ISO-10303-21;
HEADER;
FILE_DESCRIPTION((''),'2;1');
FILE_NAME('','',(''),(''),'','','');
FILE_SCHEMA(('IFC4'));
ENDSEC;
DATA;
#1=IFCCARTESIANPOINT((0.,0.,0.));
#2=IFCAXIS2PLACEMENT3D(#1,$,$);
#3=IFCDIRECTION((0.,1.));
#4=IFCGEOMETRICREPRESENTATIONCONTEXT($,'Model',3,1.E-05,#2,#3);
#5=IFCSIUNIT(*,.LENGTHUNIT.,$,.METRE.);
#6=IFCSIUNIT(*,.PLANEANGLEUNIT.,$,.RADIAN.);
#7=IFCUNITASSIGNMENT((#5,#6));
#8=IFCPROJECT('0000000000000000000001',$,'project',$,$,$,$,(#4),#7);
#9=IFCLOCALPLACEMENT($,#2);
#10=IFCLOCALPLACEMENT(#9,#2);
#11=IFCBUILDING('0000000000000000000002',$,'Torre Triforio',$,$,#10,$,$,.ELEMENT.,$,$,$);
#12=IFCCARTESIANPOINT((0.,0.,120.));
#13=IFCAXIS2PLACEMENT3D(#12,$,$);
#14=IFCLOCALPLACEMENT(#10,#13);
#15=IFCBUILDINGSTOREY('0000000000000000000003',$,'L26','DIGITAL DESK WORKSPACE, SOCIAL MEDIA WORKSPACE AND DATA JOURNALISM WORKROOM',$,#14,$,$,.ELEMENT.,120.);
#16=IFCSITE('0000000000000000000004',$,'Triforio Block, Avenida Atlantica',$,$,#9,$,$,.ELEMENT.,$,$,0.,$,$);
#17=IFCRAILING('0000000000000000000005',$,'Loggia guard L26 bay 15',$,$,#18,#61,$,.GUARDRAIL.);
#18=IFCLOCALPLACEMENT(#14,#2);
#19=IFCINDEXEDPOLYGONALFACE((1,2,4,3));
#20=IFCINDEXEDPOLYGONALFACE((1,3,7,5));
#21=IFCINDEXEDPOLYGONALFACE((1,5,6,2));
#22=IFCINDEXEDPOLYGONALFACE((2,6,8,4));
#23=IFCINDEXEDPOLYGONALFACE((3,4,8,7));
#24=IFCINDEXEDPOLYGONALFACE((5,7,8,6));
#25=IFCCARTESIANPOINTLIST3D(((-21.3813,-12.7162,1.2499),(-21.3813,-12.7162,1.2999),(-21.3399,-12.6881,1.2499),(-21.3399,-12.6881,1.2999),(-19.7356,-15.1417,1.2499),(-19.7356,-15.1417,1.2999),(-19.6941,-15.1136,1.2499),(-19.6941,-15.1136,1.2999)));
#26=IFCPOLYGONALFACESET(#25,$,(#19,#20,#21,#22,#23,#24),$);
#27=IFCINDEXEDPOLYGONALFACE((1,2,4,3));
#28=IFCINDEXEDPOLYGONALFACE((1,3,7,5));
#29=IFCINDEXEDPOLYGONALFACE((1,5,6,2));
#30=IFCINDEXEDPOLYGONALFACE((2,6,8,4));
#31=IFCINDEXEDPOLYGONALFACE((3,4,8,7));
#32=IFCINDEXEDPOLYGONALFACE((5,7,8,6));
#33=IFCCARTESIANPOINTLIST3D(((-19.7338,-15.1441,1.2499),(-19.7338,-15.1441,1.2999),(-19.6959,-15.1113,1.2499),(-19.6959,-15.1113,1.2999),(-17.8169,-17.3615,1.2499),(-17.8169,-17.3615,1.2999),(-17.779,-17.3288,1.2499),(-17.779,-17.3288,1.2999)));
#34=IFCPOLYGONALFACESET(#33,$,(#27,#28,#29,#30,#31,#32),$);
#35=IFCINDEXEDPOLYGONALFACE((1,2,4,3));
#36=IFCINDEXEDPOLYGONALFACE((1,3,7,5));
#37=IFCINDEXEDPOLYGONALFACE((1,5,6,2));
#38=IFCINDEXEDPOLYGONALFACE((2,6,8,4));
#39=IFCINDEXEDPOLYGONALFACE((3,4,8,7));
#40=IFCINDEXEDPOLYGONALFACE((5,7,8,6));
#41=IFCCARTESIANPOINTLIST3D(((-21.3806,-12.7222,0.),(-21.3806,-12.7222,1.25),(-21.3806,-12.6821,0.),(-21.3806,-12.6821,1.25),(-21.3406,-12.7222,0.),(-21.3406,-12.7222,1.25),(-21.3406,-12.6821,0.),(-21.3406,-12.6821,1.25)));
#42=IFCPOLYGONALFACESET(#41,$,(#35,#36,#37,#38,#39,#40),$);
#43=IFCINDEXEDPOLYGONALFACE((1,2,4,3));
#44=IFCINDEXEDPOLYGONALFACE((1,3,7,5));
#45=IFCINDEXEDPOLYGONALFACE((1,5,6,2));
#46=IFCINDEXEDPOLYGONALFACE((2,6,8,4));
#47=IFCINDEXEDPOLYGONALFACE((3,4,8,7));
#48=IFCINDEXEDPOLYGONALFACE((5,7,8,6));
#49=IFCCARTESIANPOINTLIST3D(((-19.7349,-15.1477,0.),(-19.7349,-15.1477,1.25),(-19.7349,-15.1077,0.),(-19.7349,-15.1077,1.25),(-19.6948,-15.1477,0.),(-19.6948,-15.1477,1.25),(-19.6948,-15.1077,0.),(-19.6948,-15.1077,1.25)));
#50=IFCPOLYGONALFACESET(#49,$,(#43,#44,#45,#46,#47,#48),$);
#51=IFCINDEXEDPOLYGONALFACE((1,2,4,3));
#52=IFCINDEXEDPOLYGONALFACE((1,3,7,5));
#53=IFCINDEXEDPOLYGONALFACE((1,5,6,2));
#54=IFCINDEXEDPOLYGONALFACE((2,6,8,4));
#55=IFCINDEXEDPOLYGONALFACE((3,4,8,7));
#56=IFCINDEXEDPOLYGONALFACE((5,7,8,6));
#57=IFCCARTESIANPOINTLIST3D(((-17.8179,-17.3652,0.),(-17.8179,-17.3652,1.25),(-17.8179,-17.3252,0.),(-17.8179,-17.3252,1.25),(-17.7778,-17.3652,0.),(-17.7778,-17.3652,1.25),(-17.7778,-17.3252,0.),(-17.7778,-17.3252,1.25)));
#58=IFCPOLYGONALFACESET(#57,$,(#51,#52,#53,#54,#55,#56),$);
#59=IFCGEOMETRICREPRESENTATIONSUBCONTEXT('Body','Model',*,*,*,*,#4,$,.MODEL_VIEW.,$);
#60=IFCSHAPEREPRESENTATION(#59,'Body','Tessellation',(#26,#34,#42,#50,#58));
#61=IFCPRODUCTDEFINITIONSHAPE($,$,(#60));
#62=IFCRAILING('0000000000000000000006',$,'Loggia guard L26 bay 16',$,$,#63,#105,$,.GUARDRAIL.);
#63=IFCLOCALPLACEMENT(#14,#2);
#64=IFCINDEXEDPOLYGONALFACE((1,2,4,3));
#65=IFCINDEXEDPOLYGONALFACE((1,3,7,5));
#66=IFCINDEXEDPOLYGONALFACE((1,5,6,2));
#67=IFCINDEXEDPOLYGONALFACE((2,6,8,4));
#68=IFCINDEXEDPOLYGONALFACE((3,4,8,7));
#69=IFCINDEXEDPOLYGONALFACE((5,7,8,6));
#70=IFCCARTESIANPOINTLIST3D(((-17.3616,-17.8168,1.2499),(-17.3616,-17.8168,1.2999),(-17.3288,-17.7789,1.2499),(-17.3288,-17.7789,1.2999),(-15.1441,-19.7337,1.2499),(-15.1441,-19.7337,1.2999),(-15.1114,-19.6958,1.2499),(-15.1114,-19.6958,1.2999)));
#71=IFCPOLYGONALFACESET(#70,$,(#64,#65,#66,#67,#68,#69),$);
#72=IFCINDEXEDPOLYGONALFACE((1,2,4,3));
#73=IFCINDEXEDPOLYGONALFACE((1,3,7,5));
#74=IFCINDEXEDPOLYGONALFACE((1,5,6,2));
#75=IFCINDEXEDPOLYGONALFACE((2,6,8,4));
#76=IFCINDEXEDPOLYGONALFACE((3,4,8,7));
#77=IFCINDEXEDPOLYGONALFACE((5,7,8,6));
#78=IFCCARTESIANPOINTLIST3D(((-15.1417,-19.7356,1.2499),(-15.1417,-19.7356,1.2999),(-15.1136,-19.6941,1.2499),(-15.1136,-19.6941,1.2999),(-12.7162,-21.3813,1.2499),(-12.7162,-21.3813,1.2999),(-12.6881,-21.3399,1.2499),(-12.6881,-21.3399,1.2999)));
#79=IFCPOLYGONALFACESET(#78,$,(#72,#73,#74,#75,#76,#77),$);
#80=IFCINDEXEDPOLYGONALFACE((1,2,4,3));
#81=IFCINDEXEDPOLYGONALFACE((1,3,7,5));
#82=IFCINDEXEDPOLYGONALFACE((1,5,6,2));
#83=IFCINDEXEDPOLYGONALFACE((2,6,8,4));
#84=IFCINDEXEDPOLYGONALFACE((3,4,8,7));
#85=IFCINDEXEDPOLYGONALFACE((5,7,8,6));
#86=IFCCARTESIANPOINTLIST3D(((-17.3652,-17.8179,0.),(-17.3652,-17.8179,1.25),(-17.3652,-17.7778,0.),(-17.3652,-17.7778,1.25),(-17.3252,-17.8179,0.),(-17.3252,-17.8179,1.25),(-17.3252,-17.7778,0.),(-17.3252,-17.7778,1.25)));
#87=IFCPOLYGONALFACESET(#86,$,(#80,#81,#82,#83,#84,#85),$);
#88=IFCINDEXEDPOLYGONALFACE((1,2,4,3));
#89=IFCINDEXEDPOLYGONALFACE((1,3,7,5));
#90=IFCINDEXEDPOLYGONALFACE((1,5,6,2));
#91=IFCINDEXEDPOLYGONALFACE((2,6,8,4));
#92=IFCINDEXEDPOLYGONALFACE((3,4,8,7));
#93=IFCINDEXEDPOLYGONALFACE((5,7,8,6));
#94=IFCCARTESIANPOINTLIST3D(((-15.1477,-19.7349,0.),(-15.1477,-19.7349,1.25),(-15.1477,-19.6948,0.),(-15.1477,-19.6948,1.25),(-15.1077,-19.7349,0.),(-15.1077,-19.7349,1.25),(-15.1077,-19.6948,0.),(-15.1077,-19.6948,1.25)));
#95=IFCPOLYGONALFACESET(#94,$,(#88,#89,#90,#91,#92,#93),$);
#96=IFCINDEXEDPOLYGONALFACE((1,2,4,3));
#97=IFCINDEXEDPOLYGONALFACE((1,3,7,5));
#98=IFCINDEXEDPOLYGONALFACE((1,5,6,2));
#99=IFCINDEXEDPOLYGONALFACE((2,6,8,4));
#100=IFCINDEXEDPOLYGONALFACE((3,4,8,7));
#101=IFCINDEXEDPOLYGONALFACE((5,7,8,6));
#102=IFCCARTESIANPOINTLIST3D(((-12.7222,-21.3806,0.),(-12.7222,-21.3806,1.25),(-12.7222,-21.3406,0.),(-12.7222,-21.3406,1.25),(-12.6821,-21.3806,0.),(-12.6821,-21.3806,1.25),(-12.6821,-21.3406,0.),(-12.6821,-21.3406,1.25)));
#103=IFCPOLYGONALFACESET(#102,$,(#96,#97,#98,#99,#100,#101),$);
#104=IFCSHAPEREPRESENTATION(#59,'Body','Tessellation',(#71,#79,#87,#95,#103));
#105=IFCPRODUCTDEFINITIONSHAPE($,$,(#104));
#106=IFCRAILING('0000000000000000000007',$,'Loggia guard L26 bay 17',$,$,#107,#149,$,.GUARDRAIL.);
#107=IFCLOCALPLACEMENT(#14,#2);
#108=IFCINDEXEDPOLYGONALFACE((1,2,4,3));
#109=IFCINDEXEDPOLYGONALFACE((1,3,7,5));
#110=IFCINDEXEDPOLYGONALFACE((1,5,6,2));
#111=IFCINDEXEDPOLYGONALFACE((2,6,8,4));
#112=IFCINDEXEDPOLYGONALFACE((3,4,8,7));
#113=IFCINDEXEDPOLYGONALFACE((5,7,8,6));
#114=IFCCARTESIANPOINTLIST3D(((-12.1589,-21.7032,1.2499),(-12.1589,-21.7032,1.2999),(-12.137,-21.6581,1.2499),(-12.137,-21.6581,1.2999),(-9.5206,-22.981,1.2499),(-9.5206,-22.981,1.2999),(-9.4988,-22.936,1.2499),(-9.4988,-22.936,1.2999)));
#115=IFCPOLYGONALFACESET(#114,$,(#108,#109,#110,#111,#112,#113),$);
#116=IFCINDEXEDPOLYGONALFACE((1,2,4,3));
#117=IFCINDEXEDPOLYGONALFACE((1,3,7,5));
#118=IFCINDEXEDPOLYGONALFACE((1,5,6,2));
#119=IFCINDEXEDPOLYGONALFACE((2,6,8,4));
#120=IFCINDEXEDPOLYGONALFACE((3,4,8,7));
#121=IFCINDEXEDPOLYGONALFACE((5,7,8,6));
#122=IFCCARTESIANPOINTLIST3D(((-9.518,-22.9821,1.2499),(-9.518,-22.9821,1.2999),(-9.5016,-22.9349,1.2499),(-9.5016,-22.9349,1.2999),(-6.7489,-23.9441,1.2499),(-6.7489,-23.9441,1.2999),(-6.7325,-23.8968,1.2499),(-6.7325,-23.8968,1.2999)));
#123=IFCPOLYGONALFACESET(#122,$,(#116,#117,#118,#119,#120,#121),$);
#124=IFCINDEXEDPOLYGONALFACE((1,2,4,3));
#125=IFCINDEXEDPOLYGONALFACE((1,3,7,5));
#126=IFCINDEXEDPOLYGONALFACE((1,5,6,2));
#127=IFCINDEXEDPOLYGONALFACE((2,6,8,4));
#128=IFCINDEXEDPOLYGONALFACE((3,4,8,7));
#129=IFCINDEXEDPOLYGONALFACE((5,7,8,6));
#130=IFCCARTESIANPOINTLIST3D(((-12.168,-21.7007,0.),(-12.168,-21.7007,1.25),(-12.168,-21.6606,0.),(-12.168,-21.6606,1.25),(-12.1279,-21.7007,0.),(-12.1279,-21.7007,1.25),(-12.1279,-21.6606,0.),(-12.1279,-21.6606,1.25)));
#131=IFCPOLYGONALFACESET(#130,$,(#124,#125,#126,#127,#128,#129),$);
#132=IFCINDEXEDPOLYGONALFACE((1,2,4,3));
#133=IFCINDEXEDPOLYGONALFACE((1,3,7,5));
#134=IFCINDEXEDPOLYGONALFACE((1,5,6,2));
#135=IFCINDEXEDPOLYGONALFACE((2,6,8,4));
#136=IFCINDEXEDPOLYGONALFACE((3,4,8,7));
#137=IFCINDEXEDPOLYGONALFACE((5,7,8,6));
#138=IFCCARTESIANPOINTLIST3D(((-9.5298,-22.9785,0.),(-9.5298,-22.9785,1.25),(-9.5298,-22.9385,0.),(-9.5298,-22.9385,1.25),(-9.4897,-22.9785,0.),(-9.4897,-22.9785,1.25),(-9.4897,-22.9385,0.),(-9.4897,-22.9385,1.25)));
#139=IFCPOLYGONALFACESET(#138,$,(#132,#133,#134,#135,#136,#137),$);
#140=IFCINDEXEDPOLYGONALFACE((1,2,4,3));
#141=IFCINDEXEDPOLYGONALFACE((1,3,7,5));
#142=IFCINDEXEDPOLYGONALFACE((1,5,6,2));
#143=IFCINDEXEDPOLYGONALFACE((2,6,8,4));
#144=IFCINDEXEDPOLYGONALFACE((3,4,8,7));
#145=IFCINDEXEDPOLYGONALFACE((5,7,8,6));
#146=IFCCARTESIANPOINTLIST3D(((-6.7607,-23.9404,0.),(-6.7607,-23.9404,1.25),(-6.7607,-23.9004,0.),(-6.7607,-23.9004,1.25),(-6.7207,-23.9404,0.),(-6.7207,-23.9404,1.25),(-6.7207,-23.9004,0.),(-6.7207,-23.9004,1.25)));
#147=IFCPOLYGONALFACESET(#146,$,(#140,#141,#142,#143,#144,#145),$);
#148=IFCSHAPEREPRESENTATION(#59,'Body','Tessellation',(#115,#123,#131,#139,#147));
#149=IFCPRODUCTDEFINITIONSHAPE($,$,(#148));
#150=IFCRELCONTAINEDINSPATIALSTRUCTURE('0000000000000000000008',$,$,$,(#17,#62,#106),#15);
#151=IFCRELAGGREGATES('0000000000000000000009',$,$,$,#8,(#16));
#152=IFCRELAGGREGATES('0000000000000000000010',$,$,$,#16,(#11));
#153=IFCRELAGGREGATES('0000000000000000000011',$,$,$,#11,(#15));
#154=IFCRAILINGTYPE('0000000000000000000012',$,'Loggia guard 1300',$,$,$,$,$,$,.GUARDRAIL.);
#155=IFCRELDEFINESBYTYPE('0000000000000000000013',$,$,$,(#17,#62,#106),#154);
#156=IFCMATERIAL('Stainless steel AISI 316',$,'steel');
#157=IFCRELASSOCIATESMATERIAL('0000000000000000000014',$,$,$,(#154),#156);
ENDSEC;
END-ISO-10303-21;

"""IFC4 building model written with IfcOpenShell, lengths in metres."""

from ifc_helpers import new_model, si_unit, direction, frame, origin, origin_2d, place, context, subcontext, project, spatial, rectangle, extrude, material, type_object, element, save


model = new_model("IFC4")

# Units and contexts
model_context = context("Model", 3, precision=1e-05, world=origin(), true_north=direction((0.0, 1.0)))
body_context = subcontext(model_context, "Body", "Model", "MODEL_VIEW")
ifc_project = project(units=[si_unit("LENGTHUNIT", "METRE"), si_unit("PLANEANGLEUNIT", "RADIAN")], contexts=[model_context])

# Site, building, storey
site_placement = place(None, origin())
site = spatial("IfcSite", under=ifc_project, at=site_placement, Name="Triforio Block, Avenida Atlantica", CompositionType="ELEMENT", RefElevation=0.0)
building_placement = place(site_placement, origin())
building = spatial("IfcBuilding", under=site, at=building_placement, Name="Torre Triforio", CompositionType="ELEMENT")
storey_placement = place(building_placement, frame((0.0, 0.0, 120.0)))
storey = spatial("IfcBuildingStorey", under=building, at=storey_placement, Name="L26", Description="DIGITAL DESK WORKSPACE, SOCIAL MEDIA WORKSPACE AND DATA JOURNALISM WORKROOM", CompositionType="ELEMENT", Elevation=120.0)

# Railings
ifc_material_1 = material(Name="Stainless steel AISI 316", Category="steel")
railing_type = type_object("IfcRailingType", Name="Loggia guard 1300", PredefinedType="GUARDRAIL", material=ifc_material_1)
railing_1_placement = place(storey_placement, frame((-21.3606, -12.7021, 0.0)))
element("IfcRailing", 1, at=railing_1_placement, inside=storey, type_object=railing_type, Name="Loggia guard L26 bay 15", PredefinedType="GUARDRAIL", context=body_context, shape_type="SweptSolid", body=[
    extrude(rectangle(XDim=0.05, YDim=0.05, at=origin_2d()), frame((0.0, 0.0, 1.2749), z_axis=(0.561467, -0.827499, 0.0), x_axis=(0.827499, 0.561467, 0.0)), (0.0, 0.0, 1.0), 2.9312),
    extrude(rectangle(XDim=0.05, YDim=0.05, at=origin_2d()), frame((1.6458, -2.4255, 1.2749), z_axis=(0.653982, -0.75651, 0.0), x_axis=(0.75651, 0.653982, 0.0)), (0.0, 0.0, 1.0), 2.9312),
    extrude(rectangle(XDim=0.04, YDim=0.04, at=origin_2d()), origin(), (0.0, 0.0, 1.0), 1.25),
    extrude(rectangle(XDim=0.04, YDim=0.04, at=origin_2d()), frame((1.6458, -2.4255, 0.0)), (0.0, 0.0, 1.0), 1.25),
    extrude(rectangle(XDim=0.04, YDim=0.04, at=origin_2d()), frame((3.5627, -4.6431, 0.0)), (0.0, 0.0, 1.0), 1.25),
])
railing_2_placement = place(storey_placement, frame((-17.3452, -17.7979, 0.0)))
element("IfcRailing", 2, at=railing_2_placement, inside=storey, type_object=railing_type, Name="Loggia guard L26 bay 16", PredefinedType="GUARDRAIL", context=body_context, shape_type="SweptSolid", body=[
    extrude(rectangle(XDim=0.05, YDim=0.05, at=origin_2d()), frame((0.0, 0.0, 1.2749), z_axis=(0.75651, -0.653982, 0.0), x_axis=(0.653982, 0.75651, 0.0)), (0.0, 0.0, 1.0), 2.9312),
    extrude(rectangle(XDim=0.05, YDim=0.05, at=origin_2d()), frame((2.2175, -1.917, 1.2749), z_axis=(0.827499, -0.561467, 0.0), x_axis=(0.561467, 0.827499, 0.0)), (0.0, 0.0, 1.0), 2.9312),
    extrude(rectangle(XDim=0.04, YDim=0.04, at=origin_2d()), origin(), (0.0, 0.0, 1.0), 1.25),
    extrude(rectangle(XDim=0.04, YDim=0.04, at=origin_2d()), frame((2.2175, -1.917, 0.0)), (0.0, 0.0, 1.0), 1.25),
    extrude(rectangle(XDim=0.04, YDim=0.04, at=origin_2d()), frame((4.6431, -3.5627, 0.0)), (0.0, 0.0, 1.0), 1.25),
])
railing_3_placement = place(storey_placement, frame((-12.1479, -21.6807, 0.0)))
element("IfcRailing", 3, at=railing_3_placement, inside=storey, type_object=railing_type, Name="Loggia guard L26 bay 17", PredefinedType="GUARDRAIL", context=body_context, shape_type="SweptSolid", body=[
    extrude(rectangle(XDim=0.05, YDim=0.05, at=origin_2d()), frame((0.0, 0.0, 1.2749), z_axis=(0.899986, -0.435918, 0.0), x_axis=(0.435918, 0.899986, 0.0)), (0.0, 0.0, 1.0), 2.9314),
    extrude(rectangle(XDim=0.05, YDim=0.05, at=origin_2d()), frame((2.6382, -1.2778, 1.2749), z_axis=(0.944627, -0.328146, 0.0), x_axis=(0.328146, 0.944627, 0.0)), (0.0, 0.0, 1.0), 2.9314),
    extrude(rectangle(XDim=0.04, YDim=0.04, at=origin_2d()), origin(), (0.0, 0.0, 1.0), 1.25),
    extrude(rectangle(XDim=0.04, YDim=0.04, at=origin_2d()), frame((2.6382, -1.2778, 0.0)), (0.0, 0.0, 1.0), 1.25),
    extrude(rectangle(XDim=0.04, YDim=0.04, at=origin_2d()), frame((5.4072, -2.2397, 0.0)), (0.0, 0.0, 1.0), 1.25),
])

save(model, "model.ifc")
